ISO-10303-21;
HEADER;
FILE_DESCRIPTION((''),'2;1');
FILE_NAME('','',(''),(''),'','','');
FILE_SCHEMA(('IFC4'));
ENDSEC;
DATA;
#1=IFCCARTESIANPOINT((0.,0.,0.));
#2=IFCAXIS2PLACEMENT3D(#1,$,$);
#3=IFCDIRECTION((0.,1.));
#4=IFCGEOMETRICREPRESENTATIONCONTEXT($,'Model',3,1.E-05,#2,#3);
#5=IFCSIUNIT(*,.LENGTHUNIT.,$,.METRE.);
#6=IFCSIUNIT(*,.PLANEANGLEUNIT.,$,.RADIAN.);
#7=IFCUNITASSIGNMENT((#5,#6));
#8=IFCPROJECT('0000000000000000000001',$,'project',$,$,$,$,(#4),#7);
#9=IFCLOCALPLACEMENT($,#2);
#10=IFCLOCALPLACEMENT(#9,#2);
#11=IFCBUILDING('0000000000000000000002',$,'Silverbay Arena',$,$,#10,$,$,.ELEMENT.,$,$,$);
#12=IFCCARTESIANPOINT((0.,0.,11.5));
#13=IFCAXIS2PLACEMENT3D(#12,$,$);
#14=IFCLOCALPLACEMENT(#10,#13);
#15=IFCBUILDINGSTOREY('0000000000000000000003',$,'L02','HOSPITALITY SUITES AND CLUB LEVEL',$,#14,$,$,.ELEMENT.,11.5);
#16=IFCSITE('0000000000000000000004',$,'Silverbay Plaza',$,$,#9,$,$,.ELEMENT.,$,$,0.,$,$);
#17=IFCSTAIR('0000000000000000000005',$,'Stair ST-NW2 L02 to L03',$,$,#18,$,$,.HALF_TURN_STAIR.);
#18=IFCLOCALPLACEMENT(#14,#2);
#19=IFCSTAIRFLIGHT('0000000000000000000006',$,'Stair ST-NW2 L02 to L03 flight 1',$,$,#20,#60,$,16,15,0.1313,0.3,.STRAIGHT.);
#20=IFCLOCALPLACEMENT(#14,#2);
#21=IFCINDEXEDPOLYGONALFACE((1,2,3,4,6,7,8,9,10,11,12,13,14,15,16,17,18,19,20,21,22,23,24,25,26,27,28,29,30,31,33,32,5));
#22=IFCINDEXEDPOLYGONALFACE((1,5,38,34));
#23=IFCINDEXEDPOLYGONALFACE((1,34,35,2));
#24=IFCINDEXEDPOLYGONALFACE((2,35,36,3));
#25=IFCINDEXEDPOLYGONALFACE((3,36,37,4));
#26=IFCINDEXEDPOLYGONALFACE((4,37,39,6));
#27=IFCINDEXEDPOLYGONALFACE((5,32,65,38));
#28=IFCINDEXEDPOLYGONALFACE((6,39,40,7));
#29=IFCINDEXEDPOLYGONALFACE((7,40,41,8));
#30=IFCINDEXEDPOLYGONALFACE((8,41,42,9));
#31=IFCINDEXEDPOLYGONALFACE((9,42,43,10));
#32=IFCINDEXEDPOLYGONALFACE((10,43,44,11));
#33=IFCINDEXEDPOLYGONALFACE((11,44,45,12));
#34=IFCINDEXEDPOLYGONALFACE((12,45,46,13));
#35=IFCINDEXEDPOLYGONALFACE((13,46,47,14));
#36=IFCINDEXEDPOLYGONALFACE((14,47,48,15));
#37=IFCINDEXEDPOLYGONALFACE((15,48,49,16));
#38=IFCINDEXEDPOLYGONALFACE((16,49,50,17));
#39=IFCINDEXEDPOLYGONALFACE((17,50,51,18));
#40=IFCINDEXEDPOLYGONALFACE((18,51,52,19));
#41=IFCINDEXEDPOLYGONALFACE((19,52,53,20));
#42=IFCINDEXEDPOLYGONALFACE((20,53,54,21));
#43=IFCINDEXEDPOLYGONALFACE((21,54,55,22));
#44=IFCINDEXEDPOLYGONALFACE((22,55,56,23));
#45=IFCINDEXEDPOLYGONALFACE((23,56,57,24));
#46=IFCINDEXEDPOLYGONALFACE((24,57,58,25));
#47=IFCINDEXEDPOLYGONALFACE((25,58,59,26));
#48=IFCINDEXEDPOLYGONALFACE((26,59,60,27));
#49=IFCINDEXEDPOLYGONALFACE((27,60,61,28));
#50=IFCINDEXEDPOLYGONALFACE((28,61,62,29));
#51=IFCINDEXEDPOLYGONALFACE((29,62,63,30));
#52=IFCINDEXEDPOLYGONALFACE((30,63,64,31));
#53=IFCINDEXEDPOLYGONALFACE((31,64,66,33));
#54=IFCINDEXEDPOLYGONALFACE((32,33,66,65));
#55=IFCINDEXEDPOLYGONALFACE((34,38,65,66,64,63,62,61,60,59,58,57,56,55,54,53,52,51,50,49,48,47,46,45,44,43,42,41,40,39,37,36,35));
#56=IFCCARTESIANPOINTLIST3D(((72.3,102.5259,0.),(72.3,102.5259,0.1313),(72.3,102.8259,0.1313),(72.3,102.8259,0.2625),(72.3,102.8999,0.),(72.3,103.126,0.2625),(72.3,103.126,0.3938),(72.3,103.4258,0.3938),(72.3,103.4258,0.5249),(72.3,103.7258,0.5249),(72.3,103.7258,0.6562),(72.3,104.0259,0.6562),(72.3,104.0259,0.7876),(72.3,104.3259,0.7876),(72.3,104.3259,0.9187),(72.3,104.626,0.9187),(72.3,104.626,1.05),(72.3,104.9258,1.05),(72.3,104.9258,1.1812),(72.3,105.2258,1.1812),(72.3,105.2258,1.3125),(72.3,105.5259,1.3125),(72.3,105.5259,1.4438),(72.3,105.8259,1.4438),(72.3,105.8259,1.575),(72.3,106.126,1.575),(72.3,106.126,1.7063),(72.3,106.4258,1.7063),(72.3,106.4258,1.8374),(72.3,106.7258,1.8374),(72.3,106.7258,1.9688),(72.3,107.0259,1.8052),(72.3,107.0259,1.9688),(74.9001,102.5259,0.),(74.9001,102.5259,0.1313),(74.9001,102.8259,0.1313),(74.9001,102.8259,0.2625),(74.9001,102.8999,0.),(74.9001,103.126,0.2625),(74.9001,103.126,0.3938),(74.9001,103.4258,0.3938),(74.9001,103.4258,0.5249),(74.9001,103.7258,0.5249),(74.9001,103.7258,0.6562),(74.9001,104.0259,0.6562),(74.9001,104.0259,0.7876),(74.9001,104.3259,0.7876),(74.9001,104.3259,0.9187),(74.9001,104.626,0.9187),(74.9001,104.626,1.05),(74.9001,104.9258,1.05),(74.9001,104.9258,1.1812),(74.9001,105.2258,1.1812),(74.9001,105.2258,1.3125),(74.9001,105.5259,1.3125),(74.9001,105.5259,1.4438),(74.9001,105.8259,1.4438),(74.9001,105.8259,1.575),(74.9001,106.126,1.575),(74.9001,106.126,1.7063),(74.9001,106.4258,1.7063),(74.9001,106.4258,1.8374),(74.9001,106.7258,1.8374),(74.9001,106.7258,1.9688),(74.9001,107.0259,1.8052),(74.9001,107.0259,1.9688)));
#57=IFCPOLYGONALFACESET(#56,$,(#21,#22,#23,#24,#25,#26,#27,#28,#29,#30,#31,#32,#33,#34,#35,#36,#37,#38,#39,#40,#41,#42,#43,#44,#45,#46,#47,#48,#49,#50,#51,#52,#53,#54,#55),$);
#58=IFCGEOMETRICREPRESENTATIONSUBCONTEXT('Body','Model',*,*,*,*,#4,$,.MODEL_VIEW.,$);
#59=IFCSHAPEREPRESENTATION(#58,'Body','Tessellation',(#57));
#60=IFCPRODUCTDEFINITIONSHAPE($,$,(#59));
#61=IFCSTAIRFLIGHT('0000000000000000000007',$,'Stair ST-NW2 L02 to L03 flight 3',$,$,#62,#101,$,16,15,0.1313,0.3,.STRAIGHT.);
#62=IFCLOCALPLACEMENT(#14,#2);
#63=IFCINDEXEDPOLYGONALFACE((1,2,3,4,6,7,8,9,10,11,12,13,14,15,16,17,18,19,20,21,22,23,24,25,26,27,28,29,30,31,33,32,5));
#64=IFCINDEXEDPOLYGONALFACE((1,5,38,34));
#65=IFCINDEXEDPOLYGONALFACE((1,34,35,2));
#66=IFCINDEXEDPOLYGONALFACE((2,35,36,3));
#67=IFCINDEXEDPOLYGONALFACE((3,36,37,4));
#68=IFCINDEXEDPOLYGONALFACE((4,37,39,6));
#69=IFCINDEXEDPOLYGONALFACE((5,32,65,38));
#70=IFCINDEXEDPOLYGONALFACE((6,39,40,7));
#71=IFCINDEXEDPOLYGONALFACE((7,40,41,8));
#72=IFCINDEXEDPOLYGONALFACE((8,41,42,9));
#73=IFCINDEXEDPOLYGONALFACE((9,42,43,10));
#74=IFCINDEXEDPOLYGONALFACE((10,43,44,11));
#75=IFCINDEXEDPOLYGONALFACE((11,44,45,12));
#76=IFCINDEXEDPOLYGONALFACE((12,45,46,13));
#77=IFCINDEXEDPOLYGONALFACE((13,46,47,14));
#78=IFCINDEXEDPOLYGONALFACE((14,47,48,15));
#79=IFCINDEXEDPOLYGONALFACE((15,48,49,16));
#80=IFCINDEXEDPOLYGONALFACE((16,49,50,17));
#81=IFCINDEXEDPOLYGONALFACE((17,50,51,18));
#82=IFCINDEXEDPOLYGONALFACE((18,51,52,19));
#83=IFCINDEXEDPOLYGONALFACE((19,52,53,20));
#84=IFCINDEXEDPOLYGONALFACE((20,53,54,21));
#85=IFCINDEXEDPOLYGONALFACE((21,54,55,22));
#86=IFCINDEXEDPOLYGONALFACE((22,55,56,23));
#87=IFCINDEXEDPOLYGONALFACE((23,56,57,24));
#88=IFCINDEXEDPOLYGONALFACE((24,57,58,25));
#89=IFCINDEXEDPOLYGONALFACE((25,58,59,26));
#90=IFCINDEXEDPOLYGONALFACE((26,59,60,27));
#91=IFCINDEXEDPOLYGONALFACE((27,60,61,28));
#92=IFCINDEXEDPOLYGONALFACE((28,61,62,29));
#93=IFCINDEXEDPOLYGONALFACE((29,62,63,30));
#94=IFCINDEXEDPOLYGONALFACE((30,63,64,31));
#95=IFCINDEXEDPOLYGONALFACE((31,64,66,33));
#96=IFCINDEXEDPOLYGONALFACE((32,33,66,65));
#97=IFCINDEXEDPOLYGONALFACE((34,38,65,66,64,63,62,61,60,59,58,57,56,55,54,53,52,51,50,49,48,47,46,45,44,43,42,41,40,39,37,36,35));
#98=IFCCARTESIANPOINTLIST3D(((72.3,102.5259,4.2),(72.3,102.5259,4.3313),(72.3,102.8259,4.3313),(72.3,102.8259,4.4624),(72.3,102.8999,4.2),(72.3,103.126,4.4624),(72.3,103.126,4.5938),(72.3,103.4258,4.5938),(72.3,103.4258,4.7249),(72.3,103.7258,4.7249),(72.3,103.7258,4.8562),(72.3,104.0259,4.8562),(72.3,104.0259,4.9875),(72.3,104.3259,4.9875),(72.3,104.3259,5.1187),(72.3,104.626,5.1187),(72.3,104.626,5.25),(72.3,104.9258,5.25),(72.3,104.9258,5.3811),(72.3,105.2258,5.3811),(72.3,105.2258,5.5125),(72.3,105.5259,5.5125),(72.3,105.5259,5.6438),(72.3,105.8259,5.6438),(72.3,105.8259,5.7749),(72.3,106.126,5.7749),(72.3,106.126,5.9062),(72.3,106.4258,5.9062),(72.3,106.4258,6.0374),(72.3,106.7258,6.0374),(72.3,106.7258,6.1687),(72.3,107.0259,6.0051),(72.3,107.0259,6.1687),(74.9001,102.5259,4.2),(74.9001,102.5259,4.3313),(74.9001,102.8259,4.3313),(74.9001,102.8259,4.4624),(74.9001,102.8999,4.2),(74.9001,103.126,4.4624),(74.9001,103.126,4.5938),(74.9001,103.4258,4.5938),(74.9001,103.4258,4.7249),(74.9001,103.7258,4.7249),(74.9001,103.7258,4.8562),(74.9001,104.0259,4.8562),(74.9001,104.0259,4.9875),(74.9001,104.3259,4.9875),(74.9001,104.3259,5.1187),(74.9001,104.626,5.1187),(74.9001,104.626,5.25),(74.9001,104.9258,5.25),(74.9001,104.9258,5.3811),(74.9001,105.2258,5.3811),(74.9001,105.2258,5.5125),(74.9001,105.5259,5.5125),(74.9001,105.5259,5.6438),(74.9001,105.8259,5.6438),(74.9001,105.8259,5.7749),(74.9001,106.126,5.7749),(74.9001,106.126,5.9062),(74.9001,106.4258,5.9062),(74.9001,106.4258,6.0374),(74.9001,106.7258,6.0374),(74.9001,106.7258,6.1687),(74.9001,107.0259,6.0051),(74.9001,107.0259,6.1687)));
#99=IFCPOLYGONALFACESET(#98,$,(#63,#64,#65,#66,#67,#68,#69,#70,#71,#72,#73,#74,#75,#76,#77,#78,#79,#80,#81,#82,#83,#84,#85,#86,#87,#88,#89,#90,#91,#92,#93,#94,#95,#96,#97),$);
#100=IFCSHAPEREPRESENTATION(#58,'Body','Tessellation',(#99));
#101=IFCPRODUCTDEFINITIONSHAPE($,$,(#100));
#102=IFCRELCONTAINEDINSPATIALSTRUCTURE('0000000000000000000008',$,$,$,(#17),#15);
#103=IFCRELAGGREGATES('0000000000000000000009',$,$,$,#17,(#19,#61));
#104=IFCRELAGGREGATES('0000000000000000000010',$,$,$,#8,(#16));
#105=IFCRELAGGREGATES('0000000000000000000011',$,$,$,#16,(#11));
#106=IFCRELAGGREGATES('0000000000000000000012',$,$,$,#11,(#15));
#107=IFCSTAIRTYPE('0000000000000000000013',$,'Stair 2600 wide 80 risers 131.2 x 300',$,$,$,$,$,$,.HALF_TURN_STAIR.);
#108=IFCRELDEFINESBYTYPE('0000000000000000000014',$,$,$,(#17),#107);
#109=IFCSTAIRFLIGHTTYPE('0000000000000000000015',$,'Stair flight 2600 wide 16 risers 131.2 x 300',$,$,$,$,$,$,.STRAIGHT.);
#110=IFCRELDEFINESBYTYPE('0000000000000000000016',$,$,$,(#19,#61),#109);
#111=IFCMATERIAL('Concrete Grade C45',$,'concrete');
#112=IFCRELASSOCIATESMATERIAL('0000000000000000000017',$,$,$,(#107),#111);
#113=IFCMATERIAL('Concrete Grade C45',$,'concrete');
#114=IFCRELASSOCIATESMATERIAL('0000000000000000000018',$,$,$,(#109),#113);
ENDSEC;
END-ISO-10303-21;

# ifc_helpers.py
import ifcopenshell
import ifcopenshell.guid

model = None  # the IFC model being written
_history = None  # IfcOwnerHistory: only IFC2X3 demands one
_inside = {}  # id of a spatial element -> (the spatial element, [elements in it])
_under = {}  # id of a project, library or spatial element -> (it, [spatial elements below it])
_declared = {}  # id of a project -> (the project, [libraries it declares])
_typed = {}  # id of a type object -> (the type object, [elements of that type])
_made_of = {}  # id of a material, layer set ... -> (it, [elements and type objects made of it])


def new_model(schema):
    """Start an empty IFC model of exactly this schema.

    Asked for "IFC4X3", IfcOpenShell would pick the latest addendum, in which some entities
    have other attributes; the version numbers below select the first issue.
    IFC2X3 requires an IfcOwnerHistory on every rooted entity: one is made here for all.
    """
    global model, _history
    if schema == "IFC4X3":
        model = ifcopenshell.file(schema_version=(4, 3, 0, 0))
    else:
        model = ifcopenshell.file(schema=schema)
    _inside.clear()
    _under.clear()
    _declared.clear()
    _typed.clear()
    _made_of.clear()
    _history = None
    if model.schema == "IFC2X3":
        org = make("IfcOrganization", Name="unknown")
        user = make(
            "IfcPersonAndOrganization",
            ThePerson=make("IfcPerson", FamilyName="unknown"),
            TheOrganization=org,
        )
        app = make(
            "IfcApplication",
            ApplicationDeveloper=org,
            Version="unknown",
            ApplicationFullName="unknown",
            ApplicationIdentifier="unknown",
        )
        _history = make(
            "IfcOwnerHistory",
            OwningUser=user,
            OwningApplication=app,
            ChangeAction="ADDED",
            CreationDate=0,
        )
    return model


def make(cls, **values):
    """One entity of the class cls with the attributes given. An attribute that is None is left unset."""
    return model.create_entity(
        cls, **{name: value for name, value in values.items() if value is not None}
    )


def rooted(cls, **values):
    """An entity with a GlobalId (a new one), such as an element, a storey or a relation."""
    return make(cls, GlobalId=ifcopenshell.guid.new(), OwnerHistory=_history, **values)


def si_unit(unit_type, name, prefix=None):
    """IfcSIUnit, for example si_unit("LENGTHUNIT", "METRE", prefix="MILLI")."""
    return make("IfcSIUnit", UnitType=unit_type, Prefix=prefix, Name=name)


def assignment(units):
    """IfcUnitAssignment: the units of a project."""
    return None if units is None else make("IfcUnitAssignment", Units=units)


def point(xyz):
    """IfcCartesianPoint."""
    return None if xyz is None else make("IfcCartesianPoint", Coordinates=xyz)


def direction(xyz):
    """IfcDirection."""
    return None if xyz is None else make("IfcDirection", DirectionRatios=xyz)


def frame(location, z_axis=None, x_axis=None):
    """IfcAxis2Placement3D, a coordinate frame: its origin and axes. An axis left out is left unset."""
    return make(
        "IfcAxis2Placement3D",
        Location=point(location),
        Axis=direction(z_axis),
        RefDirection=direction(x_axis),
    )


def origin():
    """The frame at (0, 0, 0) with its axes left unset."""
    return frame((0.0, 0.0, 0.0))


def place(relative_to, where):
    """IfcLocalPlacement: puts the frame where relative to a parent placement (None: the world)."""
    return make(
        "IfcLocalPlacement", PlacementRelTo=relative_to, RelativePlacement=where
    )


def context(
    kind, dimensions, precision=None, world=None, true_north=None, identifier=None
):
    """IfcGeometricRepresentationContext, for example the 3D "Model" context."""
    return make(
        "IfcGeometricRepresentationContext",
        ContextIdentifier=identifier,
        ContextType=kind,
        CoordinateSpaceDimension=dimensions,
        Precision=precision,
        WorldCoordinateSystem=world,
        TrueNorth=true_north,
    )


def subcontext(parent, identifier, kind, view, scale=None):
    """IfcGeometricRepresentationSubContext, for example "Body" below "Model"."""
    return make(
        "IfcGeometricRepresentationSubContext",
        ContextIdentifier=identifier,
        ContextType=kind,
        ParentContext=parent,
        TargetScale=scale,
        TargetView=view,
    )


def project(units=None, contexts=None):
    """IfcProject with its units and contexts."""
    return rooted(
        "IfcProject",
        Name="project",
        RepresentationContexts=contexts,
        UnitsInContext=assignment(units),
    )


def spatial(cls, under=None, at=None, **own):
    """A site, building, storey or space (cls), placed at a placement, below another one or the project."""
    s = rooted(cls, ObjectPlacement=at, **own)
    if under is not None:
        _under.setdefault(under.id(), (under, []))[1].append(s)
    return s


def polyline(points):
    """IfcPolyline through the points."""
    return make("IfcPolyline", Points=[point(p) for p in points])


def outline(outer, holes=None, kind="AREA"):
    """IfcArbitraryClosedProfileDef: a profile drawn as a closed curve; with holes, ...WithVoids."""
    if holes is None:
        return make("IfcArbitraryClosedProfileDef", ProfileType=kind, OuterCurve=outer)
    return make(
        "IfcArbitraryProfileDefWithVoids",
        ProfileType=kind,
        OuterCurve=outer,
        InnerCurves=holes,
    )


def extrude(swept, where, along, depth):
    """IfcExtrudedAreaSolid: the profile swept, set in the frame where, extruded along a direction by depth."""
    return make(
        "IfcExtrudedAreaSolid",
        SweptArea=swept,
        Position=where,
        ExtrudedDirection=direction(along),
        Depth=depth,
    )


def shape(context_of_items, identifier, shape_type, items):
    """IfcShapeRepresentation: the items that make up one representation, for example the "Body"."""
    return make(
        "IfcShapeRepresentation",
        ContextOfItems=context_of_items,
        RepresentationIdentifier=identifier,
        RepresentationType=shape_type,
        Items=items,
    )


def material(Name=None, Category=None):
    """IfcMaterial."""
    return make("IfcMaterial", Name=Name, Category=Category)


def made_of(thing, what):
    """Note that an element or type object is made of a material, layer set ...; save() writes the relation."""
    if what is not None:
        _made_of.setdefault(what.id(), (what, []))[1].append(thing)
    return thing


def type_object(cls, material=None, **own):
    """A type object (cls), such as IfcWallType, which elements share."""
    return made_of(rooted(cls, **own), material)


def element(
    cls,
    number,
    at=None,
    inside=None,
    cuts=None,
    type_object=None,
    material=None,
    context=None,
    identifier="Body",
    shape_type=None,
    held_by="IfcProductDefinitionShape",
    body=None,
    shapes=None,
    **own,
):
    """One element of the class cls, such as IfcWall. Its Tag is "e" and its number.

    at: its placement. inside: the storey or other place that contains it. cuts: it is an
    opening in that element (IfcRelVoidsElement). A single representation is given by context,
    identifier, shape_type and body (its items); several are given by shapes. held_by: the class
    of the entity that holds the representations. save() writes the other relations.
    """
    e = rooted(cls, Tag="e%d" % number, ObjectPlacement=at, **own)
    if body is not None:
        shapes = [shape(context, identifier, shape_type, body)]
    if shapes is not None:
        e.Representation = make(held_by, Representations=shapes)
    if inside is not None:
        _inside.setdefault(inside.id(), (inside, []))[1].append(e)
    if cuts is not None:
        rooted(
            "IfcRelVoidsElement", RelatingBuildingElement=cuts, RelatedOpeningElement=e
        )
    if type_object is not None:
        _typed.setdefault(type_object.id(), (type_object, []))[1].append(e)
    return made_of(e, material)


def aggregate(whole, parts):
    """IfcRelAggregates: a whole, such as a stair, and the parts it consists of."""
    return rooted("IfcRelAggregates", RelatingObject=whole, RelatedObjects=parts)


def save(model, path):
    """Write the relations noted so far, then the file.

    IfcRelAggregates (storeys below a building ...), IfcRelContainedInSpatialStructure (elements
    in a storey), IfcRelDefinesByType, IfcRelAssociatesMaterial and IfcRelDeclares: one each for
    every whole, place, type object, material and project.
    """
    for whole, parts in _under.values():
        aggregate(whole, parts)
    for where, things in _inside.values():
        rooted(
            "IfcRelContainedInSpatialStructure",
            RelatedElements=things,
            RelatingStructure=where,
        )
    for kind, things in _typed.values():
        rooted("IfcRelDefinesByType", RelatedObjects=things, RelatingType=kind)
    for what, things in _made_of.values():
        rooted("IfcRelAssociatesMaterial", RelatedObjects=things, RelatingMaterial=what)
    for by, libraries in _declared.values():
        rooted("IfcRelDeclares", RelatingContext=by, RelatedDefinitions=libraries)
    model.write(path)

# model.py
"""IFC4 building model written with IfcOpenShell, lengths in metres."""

from ifc_helpers import new_model, si_unit, direction, frame, origin, place, context, subcontext, project, spatial, polyline, outline, extrude, material, type_object, element, aggregate, save


model = new_model("IFC4")

# Units and contexts
model_context = context("Model", 3, precision=1e-05, world=origin(), true_north=direction((0.0, 1.0)))
body_context = subcontext(model_context, "Body", "Model", "MODEL_VIEW")
ifc_project = project(units=[si_unit("LENGTHUNIT", "METRE"), si_unit("PLANEANGLEUNIT", "RADIAN")], contexts=[model_context])

# Site, building, storey
site_placement = place(None, origin())
site = spatial("IfcSite", under=ifc_project, at=site_placement, Name="Silverbay Plaza", CompositionType="ELEMENT", RefElevation=0.0)
building_placement = place(site_placement, origin())
building = spatial("IfcBuilding", under=site, at=building_placement, Name="Silverbay Arena", CompositionType="ELEMENT")
storey_placement = place(building_placement, frame((0.0, 0.0, 11.5)))
storey = spatial("IfcBuildingStorey", under=building, at=storey_placement, Name="L02", Description="HOSPITALITY SUITES AND CLUB LEVEL", CompositionType="ELEMENT", Elevation=11.5)

# Stair, stair flights
ifc_material_1 = material(Name="Concrete Grade C45", Category="concrete")
stair_type = type_object("IfcStairType", Name="Stair 2600 wide 80 risers 131.2 x 300", PredefinedType="HALF_TURN_STAIR", material=ifc_material_1)
ifc_material_2 = material(Name="Concrete Grade C45", Category="concrete")
stair_flight_type = type_object("IfcStairFlightType", Name="Stair flight 2600 wide 16 risers 131.2 x 300", PredefinedType="STRAIGHT", material=ifc_material_2)
stair_1_placement = place(storey_placement, origin())
stair_1 = element("IfcStair", 1, at=stair_1_placement, inside=storey, type_object=stair_type, Name="Stair ST-NW2 L02 to L03", PredefinedType="HALF_TURN_STAIR")
stair_flight_1_placement = place(storey_placement, frame((73.6001, 102.5259, 0.0), z_axis=(0.0, 0.0, 1.0), x_axis=(0.0, 1.0, 0.0)))
stair_flight_1 = element("IfcStairFlight", 2, at=stair_flight_1_placement, type_object=stair_flight_type, Name="Stair ST-NW2 L02 to L03 flight 1", NumberOfRisers=16, NumberOfTreads=15, PredefinedType="STRAIGHT", RiserHeight=0.1313, TreadLength=0.3, context=body_context, shape_type="SweptSolid", body=[
    extrude(outline(polyline([(0.0, 0.0), (0.0, 0.1313), (0.3, 0.1313), (0.3, 0.2625), (0.6001, 0.2625), (0.6001, 0.3938), (0.8999, 0.3938), (0.8999, 0.5249), (1.2, 0.5249), (1.2, 0.6562), (1.5, 0.6562), (1.5, 0.7876), (1.8, 0.7876), (1.8, 0.9187), (2.1001, 0.9187), (2.1001, 1.05), (2.3999, 1.05), (2.3999, 1.1812), (2.7, 1.1812), (2.7, 1.3125), (3.0, 1.3125), (3.0, 1.4438), (3.3, 1.4438), (3.3, 1.575), (3.6001, 1.575), (3.6001, 1.7063), (3.8999, 1.7063), (3.8999, 1.8374), (4.2, 1.8374), (4.2, 1.9688), (4.5, 1.9688), (4.5, 1.8052), (0.374, 0.0), (0.0, 0.0)])), frame((0.0, 1.3, 0.0), z_axis=(0.0, -1.0, 0.0), x_axis=(1.0, 0.0, 0.0)), (0.0, 0.0, 1.0), 2.6001),
])
stair_flight_2_placement = place(storey_placement, frame((73.6001, 102.5259, 4.2), z_axis=(0.0, 0.0, 1.0), x_axis=(0.0, 1.0, 0.0)))
stair_flight_2 = element("IfcStairFlight", 3, at=stair_flight_2_placement, type_object=stair_flight_type, Name="Stair ST-NW2 L02 to L03 flight 3", NumberOfRisers=16, NumberOfTreads=15, PredefinedType="STRAIGHT", RiserHeight=0.1313, TreadLength=0.3, context=body_context, shape_type="SweptSolid", body=[
    extrude(outline(polyline([(0.0, 0.0), (0.0, 0.1313), (0.3, 0.1313), (0.3, 0.2625), (0.6001, 0.2625), (0.6001, 0.3938), (0.8999, 0.3938), (0.8999, 0.5249), (1.2, 0.5249), (1.2, 0.6562), (1.5, 0.6562), (1.5, 0.7876), (1.8, 0.7876), (1.8, 0.9187), (2.1001, 0.9187), (2.1001, 1.05), (2.3999, 1.05), (2.3999, 1.1812), (2.7, 1.1812), (2.7, 1.3125), (3.0, 1.3125), (3.0, 1.4438), (3.3, 1.4438), (3.3, 1.575), (3.6001, 1.575), (3.6001, 1.7063), (3.8999, 1.7063), (3.8999, 1.8374), (4.2, 1.8374), (4.2, 1.9688), (4.5, 1.9688), (4.5, 1.8052), (0.374, 0.0), (0.0, 0.0)])), frame((0.0, 1.3, 0.0), z_axis=(0.0, -1.0, 0.0), x_axis=(1.0, 0.0, 0.0)), (0.0, 0.0, 1.0), 2.6001),
])
aggregate(stair_1, [stair_flight_1, stair_flight_2])

save(model, "model.ifc")
